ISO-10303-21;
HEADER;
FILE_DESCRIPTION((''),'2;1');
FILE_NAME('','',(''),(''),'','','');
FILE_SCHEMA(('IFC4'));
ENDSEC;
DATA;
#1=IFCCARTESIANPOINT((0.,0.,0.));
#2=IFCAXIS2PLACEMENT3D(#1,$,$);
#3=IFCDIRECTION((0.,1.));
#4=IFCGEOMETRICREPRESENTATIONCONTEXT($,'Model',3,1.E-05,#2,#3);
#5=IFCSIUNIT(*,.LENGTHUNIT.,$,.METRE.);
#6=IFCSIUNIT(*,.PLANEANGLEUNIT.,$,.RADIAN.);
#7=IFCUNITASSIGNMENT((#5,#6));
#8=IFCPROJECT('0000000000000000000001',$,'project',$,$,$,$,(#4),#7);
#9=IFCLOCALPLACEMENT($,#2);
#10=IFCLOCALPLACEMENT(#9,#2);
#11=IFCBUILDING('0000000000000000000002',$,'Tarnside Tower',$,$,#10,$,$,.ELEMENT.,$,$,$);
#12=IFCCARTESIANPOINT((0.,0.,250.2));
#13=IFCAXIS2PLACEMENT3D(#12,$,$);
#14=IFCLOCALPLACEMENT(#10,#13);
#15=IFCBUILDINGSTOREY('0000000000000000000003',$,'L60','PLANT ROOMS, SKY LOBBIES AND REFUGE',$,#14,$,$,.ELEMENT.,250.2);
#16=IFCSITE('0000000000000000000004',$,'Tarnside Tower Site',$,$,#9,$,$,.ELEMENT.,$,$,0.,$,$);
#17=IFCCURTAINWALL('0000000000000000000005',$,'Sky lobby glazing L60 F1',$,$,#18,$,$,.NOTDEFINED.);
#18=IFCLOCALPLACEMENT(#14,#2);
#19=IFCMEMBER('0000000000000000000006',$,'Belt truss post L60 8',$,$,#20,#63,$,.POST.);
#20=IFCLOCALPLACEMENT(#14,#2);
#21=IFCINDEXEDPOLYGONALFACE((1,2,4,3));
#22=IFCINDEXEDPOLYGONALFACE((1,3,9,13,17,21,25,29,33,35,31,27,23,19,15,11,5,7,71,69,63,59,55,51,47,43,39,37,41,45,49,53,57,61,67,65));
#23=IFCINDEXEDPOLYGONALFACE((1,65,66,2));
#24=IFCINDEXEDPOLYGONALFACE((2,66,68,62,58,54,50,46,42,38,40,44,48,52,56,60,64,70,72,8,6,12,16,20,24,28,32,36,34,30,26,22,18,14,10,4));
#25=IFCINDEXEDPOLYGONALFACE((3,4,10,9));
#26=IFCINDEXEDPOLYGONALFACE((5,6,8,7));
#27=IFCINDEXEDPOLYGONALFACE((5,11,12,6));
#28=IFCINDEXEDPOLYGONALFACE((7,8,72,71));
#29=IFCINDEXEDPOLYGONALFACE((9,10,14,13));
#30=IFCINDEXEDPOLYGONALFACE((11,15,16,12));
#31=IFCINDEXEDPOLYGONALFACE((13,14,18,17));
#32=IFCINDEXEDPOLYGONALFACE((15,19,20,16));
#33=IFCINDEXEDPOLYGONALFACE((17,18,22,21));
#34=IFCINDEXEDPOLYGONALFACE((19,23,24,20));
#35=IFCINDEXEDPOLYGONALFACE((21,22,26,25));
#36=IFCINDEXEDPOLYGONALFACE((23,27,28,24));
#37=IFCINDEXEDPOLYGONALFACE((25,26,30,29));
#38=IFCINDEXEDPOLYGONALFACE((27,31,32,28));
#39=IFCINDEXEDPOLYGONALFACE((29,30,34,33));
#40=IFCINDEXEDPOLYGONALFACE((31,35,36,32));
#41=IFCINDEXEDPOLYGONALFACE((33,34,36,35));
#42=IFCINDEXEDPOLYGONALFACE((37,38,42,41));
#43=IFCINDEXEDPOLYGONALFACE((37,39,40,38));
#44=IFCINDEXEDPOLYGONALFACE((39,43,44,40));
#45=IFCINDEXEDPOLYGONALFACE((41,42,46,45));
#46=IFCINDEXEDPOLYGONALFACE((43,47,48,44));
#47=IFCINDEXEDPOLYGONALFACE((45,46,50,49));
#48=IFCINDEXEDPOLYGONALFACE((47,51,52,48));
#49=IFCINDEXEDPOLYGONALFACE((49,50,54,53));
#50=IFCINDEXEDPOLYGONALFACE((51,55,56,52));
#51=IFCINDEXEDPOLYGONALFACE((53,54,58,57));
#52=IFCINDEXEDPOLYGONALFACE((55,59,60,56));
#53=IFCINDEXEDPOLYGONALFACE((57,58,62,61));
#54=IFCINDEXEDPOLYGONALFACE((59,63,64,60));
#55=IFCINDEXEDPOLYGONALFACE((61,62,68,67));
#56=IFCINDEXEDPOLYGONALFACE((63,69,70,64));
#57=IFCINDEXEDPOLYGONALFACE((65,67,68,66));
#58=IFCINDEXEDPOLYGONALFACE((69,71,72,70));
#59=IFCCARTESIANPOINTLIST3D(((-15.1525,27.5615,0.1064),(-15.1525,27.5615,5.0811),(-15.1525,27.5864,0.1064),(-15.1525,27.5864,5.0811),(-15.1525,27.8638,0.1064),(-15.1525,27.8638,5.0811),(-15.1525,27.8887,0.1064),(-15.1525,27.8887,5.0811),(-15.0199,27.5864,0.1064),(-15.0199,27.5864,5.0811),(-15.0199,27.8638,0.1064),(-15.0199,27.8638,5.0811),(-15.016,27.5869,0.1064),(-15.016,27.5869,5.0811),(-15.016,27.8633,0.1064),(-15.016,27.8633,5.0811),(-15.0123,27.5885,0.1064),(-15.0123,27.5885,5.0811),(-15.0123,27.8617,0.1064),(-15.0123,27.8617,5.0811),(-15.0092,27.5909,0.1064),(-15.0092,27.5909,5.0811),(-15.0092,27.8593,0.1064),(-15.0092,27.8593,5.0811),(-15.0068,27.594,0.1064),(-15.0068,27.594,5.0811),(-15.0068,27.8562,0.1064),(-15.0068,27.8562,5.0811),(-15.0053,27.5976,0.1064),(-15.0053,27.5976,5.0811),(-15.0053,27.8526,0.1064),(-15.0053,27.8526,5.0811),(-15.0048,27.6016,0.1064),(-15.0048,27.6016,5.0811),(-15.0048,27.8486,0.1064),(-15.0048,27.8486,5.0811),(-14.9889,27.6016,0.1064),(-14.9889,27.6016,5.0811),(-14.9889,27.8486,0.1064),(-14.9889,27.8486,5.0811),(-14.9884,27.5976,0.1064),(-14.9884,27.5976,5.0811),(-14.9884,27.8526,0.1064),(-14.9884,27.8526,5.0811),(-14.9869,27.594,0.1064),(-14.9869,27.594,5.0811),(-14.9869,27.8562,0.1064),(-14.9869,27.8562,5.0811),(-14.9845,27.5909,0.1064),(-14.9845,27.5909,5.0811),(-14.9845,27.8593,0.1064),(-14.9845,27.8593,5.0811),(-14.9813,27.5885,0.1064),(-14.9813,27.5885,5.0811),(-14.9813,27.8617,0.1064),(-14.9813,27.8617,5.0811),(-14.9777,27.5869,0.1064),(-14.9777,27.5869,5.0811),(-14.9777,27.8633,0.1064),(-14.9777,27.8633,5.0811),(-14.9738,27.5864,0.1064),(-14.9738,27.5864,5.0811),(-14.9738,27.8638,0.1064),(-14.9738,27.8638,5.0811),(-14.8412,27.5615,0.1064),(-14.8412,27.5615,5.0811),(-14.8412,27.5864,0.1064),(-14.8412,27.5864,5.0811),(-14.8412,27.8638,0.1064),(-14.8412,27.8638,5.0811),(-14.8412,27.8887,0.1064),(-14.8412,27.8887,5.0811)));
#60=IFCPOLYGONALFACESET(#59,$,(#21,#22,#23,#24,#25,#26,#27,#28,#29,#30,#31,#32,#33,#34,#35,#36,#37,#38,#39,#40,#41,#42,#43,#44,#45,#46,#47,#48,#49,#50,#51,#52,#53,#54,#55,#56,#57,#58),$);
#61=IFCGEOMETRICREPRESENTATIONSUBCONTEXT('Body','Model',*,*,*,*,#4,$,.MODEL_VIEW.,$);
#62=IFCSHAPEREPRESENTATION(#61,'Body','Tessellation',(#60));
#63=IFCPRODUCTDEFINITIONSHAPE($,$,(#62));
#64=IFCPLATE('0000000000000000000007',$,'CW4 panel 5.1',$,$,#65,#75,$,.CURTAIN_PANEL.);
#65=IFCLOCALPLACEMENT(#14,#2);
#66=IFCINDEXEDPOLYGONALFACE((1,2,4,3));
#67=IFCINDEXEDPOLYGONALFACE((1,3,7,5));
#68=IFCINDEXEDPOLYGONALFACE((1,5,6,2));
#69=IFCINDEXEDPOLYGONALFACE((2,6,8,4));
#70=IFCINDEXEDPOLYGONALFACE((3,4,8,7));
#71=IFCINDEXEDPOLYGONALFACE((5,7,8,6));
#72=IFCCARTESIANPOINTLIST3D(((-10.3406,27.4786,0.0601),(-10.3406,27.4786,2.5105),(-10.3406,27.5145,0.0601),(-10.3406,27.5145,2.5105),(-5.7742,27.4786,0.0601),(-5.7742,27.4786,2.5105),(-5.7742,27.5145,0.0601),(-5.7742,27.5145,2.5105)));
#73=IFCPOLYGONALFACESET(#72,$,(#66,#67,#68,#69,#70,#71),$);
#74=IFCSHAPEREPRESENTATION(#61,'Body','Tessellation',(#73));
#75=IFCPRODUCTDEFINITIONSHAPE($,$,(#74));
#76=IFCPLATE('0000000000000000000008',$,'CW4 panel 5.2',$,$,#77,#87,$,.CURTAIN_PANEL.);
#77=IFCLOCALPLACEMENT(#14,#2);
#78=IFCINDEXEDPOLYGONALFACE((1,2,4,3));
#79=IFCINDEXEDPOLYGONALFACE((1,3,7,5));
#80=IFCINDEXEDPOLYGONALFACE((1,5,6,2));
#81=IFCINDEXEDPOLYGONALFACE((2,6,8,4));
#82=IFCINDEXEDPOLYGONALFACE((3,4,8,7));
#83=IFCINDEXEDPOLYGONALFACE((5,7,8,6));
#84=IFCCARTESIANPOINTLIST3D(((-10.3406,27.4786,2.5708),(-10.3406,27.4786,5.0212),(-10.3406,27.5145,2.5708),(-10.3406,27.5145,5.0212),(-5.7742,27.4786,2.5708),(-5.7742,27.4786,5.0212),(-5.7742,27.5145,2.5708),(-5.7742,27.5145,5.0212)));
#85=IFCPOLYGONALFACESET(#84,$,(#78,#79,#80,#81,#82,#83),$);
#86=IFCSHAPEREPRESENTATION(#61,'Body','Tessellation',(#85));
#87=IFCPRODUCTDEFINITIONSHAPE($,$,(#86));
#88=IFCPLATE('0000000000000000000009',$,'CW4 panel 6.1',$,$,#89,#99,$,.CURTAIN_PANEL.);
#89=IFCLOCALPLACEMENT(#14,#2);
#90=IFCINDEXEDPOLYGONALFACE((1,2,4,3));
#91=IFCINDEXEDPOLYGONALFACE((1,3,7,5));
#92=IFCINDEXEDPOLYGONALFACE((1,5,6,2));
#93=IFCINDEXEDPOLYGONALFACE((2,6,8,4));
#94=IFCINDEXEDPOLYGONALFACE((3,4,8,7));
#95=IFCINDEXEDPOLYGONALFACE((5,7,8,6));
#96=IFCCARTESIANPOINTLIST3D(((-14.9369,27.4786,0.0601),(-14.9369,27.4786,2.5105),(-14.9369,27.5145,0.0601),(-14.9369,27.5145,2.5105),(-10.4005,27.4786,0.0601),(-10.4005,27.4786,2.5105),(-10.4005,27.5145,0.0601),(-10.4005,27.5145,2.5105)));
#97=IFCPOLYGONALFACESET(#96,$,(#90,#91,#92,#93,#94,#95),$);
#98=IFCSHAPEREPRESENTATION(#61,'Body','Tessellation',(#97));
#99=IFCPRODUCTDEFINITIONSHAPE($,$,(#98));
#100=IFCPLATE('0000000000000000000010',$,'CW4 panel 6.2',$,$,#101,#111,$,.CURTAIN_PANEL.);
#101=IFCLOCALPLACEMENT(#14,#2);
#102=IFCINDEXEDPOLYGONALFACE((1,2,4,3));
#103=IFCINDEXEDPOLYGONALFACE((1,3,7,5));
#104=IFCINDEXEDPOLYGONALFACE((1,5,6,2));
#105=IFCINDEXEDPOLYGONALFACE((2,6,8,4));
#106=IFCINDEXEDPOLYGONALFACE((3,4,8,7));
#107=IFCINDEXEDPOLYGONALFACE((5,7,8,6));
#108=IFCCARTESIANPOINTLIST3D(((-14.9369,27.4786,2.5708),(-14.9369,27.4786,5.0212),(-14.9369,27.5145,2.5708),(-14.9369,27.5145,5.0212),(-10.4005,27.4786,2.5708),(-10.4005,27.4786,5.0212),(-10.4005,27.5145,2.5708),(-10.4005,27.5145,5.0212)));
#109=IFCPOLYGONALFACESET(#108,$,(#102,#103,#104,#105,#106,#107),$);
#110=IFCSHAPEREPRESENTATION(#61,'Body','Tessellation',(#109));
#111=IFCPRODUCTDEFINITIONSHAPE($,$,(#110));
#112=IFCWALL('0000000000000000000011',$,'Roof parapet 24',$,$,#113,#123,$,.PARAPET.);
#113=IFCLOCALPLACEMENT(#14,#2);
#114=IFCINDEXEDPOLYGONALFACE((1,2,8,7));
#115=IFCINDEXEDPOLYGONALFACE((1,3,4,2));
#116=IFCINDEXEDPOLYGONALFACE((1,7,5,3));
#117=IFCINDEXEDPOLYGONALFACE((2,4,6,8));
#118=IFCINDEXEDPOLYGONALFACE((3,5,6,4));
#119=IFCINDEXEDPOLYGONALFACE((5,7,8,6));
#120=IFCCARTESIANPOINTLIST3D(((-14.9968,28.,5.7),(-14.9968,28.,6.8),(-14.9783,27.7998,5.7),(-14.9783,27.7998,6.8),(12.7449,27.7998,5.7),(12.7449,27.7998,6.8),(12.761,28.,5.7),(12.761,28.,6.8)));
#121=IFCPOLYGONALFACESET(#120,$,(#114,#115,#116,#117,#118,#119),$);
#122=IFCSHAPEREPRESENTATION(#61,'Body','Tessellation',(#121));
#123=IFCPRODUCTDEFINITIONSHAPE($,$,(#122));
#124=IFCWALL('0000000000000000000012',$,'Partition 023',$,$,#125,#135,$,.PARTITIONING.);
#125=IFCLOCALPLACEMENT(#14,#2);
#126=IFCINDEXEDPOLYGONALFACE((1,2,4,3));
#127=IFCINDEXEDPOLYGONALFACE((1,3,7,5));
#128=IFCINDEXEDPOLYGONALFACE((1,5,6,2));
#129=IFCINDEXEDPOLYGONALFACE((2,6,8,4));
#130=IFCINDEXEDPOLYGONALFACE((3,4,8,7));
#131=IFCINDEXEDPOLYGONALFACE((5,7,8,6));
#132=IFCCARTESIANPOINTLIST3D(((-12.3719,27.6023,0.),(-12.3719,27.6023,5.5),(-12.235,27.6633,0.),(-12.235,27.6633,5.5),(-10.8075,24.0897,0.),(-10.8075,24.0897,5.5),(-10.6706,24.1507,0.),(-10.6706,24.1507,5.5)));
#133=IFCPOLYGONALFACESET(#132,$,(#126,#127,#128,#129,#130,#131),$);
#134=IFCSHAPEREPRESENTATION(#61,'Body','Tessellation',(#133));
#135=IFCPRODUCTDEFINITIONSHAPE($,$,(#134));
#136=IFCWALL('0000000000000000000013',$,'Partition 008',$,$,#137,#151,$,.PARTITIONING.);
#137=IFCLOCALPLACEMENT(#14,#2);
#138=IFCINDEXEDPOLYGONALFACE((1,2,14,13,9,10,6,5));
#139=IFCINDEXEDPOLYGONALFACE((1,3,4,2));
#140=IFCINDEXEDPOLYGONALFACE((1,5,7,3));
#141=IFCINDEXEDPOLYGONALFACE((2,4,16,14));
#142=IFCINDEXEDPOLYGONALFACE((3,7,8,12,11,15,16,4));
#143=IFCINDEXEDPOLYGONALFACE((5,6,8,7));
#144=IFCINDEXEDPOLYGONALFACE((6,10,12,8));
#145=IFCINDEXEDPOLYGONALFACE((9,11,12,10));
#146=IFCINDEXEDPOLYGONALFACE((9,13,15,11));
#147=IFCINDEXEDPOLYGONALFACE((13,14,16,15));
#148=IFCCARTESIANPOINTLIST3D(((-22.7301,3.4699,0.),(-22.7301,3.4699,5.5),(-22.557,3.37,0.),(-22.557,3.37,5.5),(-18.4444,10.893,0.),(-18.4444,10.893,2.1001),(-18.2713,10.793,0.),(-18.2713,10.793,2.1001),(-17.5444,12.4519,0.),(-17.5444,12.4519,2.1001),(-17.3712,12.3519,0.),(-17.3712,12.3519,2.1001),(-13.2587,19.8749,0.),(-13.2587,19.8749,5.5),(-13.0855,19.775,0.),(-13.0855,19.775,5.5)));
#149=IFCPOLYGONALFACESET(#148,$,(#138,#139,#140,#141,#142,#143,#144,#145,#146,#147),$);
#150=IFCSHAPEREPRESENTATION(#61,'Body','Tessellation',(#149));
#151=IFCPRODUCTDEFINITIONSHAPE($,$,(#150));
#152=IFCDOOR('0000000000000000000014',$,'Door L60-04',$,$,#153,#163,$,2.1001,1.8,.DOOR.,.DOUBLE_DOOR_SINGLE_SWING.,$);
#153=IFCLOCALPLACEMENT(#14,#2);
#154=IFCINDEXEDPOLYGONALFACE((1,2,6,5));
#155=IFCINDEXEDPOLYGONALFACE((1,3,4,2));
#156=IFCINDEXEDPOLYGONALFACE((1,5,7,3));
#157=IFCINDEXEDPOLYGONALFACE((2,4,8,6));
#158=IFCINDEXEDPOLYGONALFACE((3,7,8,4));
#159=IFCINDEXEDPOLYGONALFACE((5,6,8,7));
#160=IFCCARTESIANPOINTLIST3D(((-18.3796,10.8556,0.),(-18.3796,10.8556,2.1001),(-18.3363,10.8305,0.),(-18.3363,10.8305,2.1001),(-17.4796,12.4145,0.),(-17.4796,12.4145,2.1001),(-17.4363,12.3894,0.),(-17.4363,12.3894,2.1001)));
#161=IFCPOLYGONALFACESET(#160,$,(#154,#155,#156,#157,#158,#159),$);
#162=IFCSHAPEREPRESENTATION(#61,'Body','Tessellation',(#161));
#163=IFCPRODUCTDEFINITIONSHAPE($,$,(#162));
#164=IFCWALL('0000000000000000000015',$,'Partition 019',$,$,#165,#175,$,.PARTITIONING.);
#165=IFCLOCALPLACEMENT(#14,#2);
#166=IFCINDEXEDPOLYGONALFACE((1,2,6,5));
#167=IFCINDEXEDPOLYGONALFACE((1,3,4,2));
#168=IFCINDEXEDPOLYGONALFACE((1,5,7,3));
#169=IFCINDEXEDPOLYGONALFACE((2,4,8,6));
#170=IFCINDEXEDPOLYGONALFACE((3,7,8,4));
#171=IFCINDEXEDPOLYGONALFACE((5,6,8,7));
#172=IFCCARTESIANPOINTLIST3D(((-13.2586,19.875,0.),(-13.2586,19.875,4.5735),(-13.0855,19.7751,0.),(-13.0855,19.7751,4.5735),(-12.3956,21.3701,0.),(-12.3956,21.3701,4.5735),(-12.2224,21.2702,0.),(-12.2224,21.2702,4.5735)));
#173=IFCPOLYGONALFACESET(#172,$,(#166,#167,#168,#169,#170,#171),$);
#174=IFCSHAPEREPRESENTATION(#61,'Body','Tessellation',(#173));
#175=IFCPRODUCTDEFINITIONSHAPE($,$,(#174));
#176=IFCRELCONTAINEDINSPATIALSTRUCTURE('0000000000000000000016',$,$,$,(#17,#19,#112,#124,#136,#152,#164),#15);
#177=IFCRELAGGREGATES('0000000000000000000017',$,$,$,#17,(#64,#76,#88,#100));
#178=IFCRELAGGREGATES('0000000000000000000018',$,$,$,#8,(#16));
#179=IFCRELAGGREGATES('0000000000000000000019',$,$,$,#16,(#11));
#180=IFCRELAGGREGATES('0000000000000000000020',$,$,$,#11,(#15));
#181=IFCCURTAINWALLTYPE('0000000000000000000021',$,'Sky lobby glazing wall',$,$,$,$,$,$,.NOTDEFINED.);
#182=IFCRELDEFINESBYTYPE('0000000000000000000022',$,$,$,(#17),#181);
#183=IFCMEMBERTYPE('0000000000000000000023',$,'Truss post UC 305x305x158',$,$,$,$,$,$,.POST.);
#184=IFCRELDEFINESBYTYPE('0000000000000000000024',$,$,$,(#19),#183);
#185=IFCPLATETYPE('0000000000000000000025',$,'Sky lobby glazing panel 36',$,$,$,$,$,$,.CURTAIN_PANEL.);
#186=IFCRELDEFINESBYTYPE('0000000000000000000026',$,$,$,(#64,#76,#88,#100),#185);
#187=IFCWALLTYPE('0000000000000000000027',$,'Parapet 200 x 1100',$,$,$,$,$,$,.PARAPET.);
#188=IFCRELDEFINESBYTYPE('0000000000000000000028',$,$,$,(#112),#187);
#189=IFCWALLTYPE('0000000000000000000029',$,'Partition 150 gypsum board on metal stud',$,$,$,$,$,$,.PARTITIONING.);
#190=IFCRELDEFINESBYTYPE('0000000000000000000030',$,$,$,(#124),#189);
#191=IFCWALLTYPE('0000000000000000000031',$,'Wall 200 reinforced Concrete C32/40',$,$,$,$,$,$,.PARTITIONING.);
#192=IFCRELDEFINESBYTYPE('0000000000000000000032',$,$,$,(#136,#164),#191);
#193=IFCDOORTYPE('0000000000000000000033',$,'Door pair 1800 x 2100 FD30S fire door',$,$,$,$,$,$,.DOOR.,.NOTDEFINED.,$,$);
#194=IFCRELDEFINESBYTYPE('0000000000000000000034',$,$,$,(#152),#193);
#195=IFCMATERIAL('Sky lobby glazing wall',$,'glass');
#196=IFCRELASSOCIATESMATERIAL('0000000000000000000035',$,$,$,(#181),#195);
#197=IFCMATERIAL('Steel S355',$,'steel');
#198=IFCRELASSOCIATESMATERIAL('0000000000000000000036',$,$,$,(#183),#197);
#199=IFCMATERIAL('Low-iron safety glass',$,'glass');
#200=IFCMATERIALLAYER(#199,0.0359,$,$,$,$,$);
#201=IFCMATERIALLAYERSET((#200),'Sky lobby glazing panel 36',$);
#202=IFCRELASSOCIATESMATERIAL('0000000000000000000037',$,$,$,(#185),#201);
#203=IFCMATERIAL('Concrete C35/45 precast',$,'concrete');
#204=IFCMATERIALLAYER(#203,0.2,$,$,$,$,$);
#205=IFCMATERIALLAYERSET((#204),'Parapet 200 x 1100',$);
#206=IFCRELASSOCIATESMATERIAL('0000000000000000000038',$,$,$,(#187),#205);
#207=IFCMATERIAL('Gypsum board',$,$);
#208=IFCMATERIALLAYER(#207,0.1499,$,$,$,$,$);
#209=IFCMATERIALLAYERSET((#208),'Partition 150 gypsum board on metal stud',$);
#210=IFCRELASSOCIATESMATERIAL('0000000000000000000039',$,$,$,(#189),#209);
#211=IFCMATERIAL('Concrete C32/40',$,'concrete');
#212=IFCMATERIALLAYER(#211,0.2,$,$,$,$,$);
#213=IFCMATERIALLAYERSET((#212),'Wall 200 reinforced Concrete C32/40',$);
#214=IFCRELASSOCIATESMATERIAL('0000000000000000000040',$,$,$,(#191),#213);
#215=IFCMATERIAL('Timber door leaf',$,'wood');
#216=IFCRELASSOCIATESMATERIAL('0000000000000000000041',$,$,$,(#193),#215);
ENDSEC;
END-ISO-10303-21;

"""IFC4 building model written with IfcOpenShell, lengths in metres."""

from ifc_helpers import new_model, si_unit, direction, frame, frame_2d, origin, origin_2d, place, context, subcontext, project, spatial, polyline, rectangle, i_section, outline, extrude, material, layer, layer_set, material_profile, profile_set, type_object, element, fill, aggregate, save


model = new_model("IFC4")

# Units and contexts
model_context = context("Model", 3, precision=1e-05, world=origin(), true_north=direction((0.0, 1.0)))
body_context = subcontext(model_context, "Body", "Model", "MODEL_VIEW")
ifc_project = project(units=[si_unit("LENGTHUNIT", "METRE"), si_unit("PLANEANGLEUNIT", "RADIAN")], contexts=[model_context])

# Site, building, storey
site_placement = place(None, origin())
site = spatial("IfcSite", under=ifc_project, at=site_placement, Name="Tarnside Tower Site", CompositionType="ELEMENT", RefElevation=0.0)
building_placement = place(site_placement, origin())
building = spatial("IfcBuilding", under=site, at=building_placement, Name="Tarnside Tower", CompositionType="ELEMENT")
storey_placement = place(building_placement, frame((0.0, 0.0, 250.2)))
storey = spatial("IfcBuildingStorey", under=building, at=storey_placement, Name="L60", Description="PLANT ROOMS, SKY LOBBIES AND REFUGE", CompositionType="ELEMENT", Elevation=250.2)

# Shared definitions
ifc_material_1 = material(Name="Steel S355", Category="steel")

# Curtain wall
ifc_material_2 = material(Name="Sky lobby glazing wall", Category="glass")
curtain_wall_type = type_object("IfcCurtainWallType", Name="Sky lobby glazing wall", PredefinedType="NOTDEFINED", material=ifc_material_2)
curtain_wall_placement = place(storey_placement, origin())
curtain_wall = element("IfcCurtainWall", 1, at=curtain_wall_placement, inside=storey, type_object=curtain_wall_type, Name="Sky lobby glazing L60 F1", PredefinedType="NOTDEFINED")

# Member
ifc_material_profile_1 = material_profile(ifc_material_1, i_section(OverallWidth=0.3113, OverallDepth=0.3271, WebThickness=0.0159, FlangeThickness=0.0249, FilletRadius=0.0151, at=origin_2d()), Name="UC 305x305x158")
ifc_profile_set_1 = profile_set([ifc_material_profile_1], Name="Steel S355")
member_type_1 = type_object("IfcMemberType", Name="Truss post UC 305x305x158", PredefinedType="POST", material=ifc_profile_set_1)
for number, where, z_axis, x_axis, name in (
    (2, (-14.9968, 27.7251, 0.1064), (0.0, 0.0, 1.0), (-1.0, 0.0, 0.0), "Belt truss post L60 8"),
):
    element("IfcMember", number, at=place(storey_placement, frame(where, z_axis=z_axis, x_axis=x_axis)), inside=storey, type_object=member_type_1, Name=name, PredefinedType="POST", context=body_context, shape_type="SweptSolid", body=[
        extrude(i_section(OverallWidth=0.3113, OverallDepth=0.3271, WebThickness=0.0159, FlangeThickness=0.0249, FilletRadius=0.0151, at=origin_2d()), origin(), (0.0, 0.0, 1.0), 4.9746),
    ])

# Plates
ifc_material_3 = material(Name="Low-iron safety glass", Category="glass")
ifc_layer_1 = layer(ifc_material_3, 0.0359)
ifc_layer_set_1 = layer_set([ifc_layer_1], Name="Sky lobby glazing panel 36")
plate_type = type_object("IfcPlateType", Name="Sky lobby glazing panel 36", PredefinedType="CURTAIN_PANEL", material=ifc_layer_set_1)
plate_1_placement = place(storey_placement, frame((-8.0574, 27.4966, 0.0601), z_axis=(0.0, 0.0, 1.0), x_axis=(-1.0, 0.0, 0.0)))
plate_1 = element("IfcPlate", 3, at=plate_1_placement, type_object=plate_type, Name="CW4 panel 5.1", PredefinedType="CURTAIN_PANEL", context=body_context, shape_type="SweptSolid", body=[
    extrude(rectangle(XDim=4.5664, YDim=0.0359, at=origin_2d()), origin(), (0.0, 0.0, 1.0), 2.4504),
])
plate_2_placement = place(storey_placement, frame((-8.0574, 27.4966, 2.5708), z_axis=(0.0, 0.0, 1.0), x_axis=(-1.0, 0.0, 0.0)))
plate_2 = element("IfcPlate", 4, at=plate_2_placement, type_object=plate_type, Name="CW4 panel 5.2", PredefinedType="CURTAIN_PANEL", context=body_context, shape_type="SweptSolid", body=[
    extrude(rectangle(XDim=4.5664, YDim=0.0359, at=origin_2d()), origin(), (0.0, 0.0, 1.0), 2.4504),
])
plate_3_placement = place(storey_placement, frame((-12.6687, 27.4966, 0.0601), z_axis=(0.0, 0.0, 1.0), x_axis=(-1.0, 0.0, 0.0)))
plate_3 = element("IfcPlate", 5, at=plate_3_placement, type_object=plate_type, Name="CW4 panel 6.1", PredefinedType="CURTAIN_PANEL", context=body_context, shape_type="SweptSolid", body=[
    extrude(rectangle(XDim=4.5364, YDim=0.0359, at=origin_2d()), origin(), (0.0, 0.0, 1.0), 2.4504),
])
plate_4_placement = place(storey_placement, frame((-12.6687, 27.4966, 2.5708), z_axis=(0.0, 0.0, 1.0), x_axis=(-1.0, 0.0, 0.0)))
plate_4 = element("IfcPlate", 6, at=plate_4_placement, type_object=plate_type, Name="CW4 panel 6.2", PredefinedType="CURTAIN_PANEL", context=body_context, shape_type="SweptSolid", body=[
    extrude(rectangle(XDim=4.5364, YDim=0.0359, at=origin_2d()), origin(), (0.0, 0.0, 1.0), 2.4504),
])
aggregate(curtain_wall, [plate_1, plate_2, plate_3, plate_4])

# Walls
ifc_material_4 = material(Name="Concrete C35/45 precast", Category="concrete")
ifc_layer_2 = layer(ifc_material_4, 0.2)
ifc_layer_set_2 = layer_set([ifc_layer_2], Name="Parapet 200 x 1100")
wall_type_1 = type_object("IfcWallType", Name="Parapet 200 x 1100", PredefinedType="PARAPET", material=ifc_layer_set_2)
wall_1_placement = place(storey_placement, frame((-14.9875, 27.8999, 5.7), z_axis=(0.0, 0.0, 1.0), x_axis=(1.0, 0.0, 0.0)))
element("IfcWall", 7, at=wall_1_placement, inside=storey, type_object=wall_type_1, Name="Roof parapet 24", PredefinedType="PARAPET", context=body_context, shape_type="SweptSolid", body=[
    extrude(outline(polyline([(0.0093, -0.1001), (27.7324, -0.1001), (27.7485, 0.1001), (-0.0093, 0.1001), (0.0093, -0.1001)])), origin(), (0.0, 0.0, 1.0), 1.1001),
])
ifc_material_5 = material(Name="Gypsum board")
ifc_layer_3 = layer(ifc_material_5, 0.1499)
ifc_layer_set_3 = layer_set([ifc_layer_3], Name="Partition 150 gypsum board on metal stud")
wall_type_2 = type_object("IfcWallType", Name="Partition 150 gypsum board on metal stud", PredefinedType="PARTITIONING", material=ifc_layer_set_3)
wall_2_placement = place(storey_placement, frame((-12.3035, 27.6328, 0.0), z_axis=(0.0, 0.0, 1.0), x_axis=(0.406845, -0.913497, 0.0)))
element("IfcWall", 8, at=wall_2_placement, inside=storey, type_object=wall_type_2, Name="Partition 023", PredefinedType="PARTITIONING", context=body_context, shape_type="SweptSolid", body=[
    extrude(rectangle(XDim=3.8452, YDim=0.1499, at=frame_2d((1.9226, 0.0))), origin(), (0.0, 0.0, 1.0), 5.5),
])

# Wall, opening, door
ifc_material_6 = material(Name="Concrete C32/40", Category="concrete")
ifc_layer_4 = layer(ifc_material_6, 0.2)
ifc_layer_set_4 = layer_set([ifc_layer_4], Name="Wall 200 reinforced Concrete C32/40")
wall_type_3 = type_object("IfcWallType", Name="Wall 200 reinforced Concrete C32/40", PredefinedType="PARTITIONING", material=ifc_layer_set_4)
wall_3_placement = place(storey_placement, frame((-13.1721, 19.825, 0.0), z_axis=(0.0, 0.0, 1.0), x_axis=(-0.5, -0.866026, 0.0)))
wall_3 = element("IfcWall", 9, at=wall_3_placement, inside=storey, type_object=wall_type_3, Name="Partition 008", PredefinedType="PARTITIONING", context=body_context, shape_type="SweptSolid", body=[
    extrude(rectangle(XDim=18.9429, YDim=0.2, at=frame_2d((9.4714, 0.0))), origin(), (0.0, 0.0, 1.0), 5.5),
])
opening_1_placement = place(wall_3_placement, frame((8.5715, 0.0, 0.0)))
opening_1 = element("IfcOpeningElement", 10, at=opening_1_placement, cuts=wall_3, PredefinedType="OPENING", context=body_context, shape_type="SweptSolid", body=[
    extrude(rectangle(XDim=1.8, YDim=2.1001, at=frame_2d((0.8999, 1.05))), frame((0.0, 0.1099, 0.0), z_axis=(0.0, -1.0, 0.0), x_axis=(1.0, 0.0, 0.0)), (0.0, 0.0, 1.0), 0.22),
])
ifc_material_7 = material(Name="Timber door leaf", Category="wood")
door_type = type_object("IfcDoorType", Name="Door pair 1800 x 2100 FD30S fire door", OperationType="NOTDEFINED", PredefinedType="DOOR", material=ifc_material_7)
door_1_placement = place(opening_1_placement, origin())
door_1 = element("IfcDoor", 11, at=door_1_placement, inside=storey, type_object=door_type, Name="Door L60-04", OperationType="DOUBLE_DOOR_SINGLE_SWING", OverallHeight=2.1001, OverallWidth=1.8, PredefinedType="DOOR", context=body_context, shape_type="SweptSolid", body=[
    extrude(rectangle(XDim=1.8, YDim=2.1001, at=frame_2d((0.8999, 1.05))), frame((0.0, 0.0249, 0.0), z_axis=(0.0, -1.0, 0.0), x_axis=(1.0, 0.0, 0.0)), (0.0, 0.0, 1.0), 0.05),
])
fill(opening_1, door_1)

# Wall
wall_4_placement = place(storey_placement, frame((-13.1721, 19.825, 0.0), z_axis=(0.0, 0.0, 1.0), x_axis=(0.499926, 0.866068, 0.0)))
element("IfcWall", 12, at=wall_4_placement, inside=storey, type_object=wall_type_3, Name="Partition 019", PredefinedType="PARTITIONING", context=body_context, shape_type="SweptSolid", body=[
    extrude(rectangle(XDim=1.7263, YDim=0.2, at=frame_2d((0.8633, 0.0))), origin(), (0.0, 0.0, 1.0), 4.5735),
])

save(model, "model.ifc")
